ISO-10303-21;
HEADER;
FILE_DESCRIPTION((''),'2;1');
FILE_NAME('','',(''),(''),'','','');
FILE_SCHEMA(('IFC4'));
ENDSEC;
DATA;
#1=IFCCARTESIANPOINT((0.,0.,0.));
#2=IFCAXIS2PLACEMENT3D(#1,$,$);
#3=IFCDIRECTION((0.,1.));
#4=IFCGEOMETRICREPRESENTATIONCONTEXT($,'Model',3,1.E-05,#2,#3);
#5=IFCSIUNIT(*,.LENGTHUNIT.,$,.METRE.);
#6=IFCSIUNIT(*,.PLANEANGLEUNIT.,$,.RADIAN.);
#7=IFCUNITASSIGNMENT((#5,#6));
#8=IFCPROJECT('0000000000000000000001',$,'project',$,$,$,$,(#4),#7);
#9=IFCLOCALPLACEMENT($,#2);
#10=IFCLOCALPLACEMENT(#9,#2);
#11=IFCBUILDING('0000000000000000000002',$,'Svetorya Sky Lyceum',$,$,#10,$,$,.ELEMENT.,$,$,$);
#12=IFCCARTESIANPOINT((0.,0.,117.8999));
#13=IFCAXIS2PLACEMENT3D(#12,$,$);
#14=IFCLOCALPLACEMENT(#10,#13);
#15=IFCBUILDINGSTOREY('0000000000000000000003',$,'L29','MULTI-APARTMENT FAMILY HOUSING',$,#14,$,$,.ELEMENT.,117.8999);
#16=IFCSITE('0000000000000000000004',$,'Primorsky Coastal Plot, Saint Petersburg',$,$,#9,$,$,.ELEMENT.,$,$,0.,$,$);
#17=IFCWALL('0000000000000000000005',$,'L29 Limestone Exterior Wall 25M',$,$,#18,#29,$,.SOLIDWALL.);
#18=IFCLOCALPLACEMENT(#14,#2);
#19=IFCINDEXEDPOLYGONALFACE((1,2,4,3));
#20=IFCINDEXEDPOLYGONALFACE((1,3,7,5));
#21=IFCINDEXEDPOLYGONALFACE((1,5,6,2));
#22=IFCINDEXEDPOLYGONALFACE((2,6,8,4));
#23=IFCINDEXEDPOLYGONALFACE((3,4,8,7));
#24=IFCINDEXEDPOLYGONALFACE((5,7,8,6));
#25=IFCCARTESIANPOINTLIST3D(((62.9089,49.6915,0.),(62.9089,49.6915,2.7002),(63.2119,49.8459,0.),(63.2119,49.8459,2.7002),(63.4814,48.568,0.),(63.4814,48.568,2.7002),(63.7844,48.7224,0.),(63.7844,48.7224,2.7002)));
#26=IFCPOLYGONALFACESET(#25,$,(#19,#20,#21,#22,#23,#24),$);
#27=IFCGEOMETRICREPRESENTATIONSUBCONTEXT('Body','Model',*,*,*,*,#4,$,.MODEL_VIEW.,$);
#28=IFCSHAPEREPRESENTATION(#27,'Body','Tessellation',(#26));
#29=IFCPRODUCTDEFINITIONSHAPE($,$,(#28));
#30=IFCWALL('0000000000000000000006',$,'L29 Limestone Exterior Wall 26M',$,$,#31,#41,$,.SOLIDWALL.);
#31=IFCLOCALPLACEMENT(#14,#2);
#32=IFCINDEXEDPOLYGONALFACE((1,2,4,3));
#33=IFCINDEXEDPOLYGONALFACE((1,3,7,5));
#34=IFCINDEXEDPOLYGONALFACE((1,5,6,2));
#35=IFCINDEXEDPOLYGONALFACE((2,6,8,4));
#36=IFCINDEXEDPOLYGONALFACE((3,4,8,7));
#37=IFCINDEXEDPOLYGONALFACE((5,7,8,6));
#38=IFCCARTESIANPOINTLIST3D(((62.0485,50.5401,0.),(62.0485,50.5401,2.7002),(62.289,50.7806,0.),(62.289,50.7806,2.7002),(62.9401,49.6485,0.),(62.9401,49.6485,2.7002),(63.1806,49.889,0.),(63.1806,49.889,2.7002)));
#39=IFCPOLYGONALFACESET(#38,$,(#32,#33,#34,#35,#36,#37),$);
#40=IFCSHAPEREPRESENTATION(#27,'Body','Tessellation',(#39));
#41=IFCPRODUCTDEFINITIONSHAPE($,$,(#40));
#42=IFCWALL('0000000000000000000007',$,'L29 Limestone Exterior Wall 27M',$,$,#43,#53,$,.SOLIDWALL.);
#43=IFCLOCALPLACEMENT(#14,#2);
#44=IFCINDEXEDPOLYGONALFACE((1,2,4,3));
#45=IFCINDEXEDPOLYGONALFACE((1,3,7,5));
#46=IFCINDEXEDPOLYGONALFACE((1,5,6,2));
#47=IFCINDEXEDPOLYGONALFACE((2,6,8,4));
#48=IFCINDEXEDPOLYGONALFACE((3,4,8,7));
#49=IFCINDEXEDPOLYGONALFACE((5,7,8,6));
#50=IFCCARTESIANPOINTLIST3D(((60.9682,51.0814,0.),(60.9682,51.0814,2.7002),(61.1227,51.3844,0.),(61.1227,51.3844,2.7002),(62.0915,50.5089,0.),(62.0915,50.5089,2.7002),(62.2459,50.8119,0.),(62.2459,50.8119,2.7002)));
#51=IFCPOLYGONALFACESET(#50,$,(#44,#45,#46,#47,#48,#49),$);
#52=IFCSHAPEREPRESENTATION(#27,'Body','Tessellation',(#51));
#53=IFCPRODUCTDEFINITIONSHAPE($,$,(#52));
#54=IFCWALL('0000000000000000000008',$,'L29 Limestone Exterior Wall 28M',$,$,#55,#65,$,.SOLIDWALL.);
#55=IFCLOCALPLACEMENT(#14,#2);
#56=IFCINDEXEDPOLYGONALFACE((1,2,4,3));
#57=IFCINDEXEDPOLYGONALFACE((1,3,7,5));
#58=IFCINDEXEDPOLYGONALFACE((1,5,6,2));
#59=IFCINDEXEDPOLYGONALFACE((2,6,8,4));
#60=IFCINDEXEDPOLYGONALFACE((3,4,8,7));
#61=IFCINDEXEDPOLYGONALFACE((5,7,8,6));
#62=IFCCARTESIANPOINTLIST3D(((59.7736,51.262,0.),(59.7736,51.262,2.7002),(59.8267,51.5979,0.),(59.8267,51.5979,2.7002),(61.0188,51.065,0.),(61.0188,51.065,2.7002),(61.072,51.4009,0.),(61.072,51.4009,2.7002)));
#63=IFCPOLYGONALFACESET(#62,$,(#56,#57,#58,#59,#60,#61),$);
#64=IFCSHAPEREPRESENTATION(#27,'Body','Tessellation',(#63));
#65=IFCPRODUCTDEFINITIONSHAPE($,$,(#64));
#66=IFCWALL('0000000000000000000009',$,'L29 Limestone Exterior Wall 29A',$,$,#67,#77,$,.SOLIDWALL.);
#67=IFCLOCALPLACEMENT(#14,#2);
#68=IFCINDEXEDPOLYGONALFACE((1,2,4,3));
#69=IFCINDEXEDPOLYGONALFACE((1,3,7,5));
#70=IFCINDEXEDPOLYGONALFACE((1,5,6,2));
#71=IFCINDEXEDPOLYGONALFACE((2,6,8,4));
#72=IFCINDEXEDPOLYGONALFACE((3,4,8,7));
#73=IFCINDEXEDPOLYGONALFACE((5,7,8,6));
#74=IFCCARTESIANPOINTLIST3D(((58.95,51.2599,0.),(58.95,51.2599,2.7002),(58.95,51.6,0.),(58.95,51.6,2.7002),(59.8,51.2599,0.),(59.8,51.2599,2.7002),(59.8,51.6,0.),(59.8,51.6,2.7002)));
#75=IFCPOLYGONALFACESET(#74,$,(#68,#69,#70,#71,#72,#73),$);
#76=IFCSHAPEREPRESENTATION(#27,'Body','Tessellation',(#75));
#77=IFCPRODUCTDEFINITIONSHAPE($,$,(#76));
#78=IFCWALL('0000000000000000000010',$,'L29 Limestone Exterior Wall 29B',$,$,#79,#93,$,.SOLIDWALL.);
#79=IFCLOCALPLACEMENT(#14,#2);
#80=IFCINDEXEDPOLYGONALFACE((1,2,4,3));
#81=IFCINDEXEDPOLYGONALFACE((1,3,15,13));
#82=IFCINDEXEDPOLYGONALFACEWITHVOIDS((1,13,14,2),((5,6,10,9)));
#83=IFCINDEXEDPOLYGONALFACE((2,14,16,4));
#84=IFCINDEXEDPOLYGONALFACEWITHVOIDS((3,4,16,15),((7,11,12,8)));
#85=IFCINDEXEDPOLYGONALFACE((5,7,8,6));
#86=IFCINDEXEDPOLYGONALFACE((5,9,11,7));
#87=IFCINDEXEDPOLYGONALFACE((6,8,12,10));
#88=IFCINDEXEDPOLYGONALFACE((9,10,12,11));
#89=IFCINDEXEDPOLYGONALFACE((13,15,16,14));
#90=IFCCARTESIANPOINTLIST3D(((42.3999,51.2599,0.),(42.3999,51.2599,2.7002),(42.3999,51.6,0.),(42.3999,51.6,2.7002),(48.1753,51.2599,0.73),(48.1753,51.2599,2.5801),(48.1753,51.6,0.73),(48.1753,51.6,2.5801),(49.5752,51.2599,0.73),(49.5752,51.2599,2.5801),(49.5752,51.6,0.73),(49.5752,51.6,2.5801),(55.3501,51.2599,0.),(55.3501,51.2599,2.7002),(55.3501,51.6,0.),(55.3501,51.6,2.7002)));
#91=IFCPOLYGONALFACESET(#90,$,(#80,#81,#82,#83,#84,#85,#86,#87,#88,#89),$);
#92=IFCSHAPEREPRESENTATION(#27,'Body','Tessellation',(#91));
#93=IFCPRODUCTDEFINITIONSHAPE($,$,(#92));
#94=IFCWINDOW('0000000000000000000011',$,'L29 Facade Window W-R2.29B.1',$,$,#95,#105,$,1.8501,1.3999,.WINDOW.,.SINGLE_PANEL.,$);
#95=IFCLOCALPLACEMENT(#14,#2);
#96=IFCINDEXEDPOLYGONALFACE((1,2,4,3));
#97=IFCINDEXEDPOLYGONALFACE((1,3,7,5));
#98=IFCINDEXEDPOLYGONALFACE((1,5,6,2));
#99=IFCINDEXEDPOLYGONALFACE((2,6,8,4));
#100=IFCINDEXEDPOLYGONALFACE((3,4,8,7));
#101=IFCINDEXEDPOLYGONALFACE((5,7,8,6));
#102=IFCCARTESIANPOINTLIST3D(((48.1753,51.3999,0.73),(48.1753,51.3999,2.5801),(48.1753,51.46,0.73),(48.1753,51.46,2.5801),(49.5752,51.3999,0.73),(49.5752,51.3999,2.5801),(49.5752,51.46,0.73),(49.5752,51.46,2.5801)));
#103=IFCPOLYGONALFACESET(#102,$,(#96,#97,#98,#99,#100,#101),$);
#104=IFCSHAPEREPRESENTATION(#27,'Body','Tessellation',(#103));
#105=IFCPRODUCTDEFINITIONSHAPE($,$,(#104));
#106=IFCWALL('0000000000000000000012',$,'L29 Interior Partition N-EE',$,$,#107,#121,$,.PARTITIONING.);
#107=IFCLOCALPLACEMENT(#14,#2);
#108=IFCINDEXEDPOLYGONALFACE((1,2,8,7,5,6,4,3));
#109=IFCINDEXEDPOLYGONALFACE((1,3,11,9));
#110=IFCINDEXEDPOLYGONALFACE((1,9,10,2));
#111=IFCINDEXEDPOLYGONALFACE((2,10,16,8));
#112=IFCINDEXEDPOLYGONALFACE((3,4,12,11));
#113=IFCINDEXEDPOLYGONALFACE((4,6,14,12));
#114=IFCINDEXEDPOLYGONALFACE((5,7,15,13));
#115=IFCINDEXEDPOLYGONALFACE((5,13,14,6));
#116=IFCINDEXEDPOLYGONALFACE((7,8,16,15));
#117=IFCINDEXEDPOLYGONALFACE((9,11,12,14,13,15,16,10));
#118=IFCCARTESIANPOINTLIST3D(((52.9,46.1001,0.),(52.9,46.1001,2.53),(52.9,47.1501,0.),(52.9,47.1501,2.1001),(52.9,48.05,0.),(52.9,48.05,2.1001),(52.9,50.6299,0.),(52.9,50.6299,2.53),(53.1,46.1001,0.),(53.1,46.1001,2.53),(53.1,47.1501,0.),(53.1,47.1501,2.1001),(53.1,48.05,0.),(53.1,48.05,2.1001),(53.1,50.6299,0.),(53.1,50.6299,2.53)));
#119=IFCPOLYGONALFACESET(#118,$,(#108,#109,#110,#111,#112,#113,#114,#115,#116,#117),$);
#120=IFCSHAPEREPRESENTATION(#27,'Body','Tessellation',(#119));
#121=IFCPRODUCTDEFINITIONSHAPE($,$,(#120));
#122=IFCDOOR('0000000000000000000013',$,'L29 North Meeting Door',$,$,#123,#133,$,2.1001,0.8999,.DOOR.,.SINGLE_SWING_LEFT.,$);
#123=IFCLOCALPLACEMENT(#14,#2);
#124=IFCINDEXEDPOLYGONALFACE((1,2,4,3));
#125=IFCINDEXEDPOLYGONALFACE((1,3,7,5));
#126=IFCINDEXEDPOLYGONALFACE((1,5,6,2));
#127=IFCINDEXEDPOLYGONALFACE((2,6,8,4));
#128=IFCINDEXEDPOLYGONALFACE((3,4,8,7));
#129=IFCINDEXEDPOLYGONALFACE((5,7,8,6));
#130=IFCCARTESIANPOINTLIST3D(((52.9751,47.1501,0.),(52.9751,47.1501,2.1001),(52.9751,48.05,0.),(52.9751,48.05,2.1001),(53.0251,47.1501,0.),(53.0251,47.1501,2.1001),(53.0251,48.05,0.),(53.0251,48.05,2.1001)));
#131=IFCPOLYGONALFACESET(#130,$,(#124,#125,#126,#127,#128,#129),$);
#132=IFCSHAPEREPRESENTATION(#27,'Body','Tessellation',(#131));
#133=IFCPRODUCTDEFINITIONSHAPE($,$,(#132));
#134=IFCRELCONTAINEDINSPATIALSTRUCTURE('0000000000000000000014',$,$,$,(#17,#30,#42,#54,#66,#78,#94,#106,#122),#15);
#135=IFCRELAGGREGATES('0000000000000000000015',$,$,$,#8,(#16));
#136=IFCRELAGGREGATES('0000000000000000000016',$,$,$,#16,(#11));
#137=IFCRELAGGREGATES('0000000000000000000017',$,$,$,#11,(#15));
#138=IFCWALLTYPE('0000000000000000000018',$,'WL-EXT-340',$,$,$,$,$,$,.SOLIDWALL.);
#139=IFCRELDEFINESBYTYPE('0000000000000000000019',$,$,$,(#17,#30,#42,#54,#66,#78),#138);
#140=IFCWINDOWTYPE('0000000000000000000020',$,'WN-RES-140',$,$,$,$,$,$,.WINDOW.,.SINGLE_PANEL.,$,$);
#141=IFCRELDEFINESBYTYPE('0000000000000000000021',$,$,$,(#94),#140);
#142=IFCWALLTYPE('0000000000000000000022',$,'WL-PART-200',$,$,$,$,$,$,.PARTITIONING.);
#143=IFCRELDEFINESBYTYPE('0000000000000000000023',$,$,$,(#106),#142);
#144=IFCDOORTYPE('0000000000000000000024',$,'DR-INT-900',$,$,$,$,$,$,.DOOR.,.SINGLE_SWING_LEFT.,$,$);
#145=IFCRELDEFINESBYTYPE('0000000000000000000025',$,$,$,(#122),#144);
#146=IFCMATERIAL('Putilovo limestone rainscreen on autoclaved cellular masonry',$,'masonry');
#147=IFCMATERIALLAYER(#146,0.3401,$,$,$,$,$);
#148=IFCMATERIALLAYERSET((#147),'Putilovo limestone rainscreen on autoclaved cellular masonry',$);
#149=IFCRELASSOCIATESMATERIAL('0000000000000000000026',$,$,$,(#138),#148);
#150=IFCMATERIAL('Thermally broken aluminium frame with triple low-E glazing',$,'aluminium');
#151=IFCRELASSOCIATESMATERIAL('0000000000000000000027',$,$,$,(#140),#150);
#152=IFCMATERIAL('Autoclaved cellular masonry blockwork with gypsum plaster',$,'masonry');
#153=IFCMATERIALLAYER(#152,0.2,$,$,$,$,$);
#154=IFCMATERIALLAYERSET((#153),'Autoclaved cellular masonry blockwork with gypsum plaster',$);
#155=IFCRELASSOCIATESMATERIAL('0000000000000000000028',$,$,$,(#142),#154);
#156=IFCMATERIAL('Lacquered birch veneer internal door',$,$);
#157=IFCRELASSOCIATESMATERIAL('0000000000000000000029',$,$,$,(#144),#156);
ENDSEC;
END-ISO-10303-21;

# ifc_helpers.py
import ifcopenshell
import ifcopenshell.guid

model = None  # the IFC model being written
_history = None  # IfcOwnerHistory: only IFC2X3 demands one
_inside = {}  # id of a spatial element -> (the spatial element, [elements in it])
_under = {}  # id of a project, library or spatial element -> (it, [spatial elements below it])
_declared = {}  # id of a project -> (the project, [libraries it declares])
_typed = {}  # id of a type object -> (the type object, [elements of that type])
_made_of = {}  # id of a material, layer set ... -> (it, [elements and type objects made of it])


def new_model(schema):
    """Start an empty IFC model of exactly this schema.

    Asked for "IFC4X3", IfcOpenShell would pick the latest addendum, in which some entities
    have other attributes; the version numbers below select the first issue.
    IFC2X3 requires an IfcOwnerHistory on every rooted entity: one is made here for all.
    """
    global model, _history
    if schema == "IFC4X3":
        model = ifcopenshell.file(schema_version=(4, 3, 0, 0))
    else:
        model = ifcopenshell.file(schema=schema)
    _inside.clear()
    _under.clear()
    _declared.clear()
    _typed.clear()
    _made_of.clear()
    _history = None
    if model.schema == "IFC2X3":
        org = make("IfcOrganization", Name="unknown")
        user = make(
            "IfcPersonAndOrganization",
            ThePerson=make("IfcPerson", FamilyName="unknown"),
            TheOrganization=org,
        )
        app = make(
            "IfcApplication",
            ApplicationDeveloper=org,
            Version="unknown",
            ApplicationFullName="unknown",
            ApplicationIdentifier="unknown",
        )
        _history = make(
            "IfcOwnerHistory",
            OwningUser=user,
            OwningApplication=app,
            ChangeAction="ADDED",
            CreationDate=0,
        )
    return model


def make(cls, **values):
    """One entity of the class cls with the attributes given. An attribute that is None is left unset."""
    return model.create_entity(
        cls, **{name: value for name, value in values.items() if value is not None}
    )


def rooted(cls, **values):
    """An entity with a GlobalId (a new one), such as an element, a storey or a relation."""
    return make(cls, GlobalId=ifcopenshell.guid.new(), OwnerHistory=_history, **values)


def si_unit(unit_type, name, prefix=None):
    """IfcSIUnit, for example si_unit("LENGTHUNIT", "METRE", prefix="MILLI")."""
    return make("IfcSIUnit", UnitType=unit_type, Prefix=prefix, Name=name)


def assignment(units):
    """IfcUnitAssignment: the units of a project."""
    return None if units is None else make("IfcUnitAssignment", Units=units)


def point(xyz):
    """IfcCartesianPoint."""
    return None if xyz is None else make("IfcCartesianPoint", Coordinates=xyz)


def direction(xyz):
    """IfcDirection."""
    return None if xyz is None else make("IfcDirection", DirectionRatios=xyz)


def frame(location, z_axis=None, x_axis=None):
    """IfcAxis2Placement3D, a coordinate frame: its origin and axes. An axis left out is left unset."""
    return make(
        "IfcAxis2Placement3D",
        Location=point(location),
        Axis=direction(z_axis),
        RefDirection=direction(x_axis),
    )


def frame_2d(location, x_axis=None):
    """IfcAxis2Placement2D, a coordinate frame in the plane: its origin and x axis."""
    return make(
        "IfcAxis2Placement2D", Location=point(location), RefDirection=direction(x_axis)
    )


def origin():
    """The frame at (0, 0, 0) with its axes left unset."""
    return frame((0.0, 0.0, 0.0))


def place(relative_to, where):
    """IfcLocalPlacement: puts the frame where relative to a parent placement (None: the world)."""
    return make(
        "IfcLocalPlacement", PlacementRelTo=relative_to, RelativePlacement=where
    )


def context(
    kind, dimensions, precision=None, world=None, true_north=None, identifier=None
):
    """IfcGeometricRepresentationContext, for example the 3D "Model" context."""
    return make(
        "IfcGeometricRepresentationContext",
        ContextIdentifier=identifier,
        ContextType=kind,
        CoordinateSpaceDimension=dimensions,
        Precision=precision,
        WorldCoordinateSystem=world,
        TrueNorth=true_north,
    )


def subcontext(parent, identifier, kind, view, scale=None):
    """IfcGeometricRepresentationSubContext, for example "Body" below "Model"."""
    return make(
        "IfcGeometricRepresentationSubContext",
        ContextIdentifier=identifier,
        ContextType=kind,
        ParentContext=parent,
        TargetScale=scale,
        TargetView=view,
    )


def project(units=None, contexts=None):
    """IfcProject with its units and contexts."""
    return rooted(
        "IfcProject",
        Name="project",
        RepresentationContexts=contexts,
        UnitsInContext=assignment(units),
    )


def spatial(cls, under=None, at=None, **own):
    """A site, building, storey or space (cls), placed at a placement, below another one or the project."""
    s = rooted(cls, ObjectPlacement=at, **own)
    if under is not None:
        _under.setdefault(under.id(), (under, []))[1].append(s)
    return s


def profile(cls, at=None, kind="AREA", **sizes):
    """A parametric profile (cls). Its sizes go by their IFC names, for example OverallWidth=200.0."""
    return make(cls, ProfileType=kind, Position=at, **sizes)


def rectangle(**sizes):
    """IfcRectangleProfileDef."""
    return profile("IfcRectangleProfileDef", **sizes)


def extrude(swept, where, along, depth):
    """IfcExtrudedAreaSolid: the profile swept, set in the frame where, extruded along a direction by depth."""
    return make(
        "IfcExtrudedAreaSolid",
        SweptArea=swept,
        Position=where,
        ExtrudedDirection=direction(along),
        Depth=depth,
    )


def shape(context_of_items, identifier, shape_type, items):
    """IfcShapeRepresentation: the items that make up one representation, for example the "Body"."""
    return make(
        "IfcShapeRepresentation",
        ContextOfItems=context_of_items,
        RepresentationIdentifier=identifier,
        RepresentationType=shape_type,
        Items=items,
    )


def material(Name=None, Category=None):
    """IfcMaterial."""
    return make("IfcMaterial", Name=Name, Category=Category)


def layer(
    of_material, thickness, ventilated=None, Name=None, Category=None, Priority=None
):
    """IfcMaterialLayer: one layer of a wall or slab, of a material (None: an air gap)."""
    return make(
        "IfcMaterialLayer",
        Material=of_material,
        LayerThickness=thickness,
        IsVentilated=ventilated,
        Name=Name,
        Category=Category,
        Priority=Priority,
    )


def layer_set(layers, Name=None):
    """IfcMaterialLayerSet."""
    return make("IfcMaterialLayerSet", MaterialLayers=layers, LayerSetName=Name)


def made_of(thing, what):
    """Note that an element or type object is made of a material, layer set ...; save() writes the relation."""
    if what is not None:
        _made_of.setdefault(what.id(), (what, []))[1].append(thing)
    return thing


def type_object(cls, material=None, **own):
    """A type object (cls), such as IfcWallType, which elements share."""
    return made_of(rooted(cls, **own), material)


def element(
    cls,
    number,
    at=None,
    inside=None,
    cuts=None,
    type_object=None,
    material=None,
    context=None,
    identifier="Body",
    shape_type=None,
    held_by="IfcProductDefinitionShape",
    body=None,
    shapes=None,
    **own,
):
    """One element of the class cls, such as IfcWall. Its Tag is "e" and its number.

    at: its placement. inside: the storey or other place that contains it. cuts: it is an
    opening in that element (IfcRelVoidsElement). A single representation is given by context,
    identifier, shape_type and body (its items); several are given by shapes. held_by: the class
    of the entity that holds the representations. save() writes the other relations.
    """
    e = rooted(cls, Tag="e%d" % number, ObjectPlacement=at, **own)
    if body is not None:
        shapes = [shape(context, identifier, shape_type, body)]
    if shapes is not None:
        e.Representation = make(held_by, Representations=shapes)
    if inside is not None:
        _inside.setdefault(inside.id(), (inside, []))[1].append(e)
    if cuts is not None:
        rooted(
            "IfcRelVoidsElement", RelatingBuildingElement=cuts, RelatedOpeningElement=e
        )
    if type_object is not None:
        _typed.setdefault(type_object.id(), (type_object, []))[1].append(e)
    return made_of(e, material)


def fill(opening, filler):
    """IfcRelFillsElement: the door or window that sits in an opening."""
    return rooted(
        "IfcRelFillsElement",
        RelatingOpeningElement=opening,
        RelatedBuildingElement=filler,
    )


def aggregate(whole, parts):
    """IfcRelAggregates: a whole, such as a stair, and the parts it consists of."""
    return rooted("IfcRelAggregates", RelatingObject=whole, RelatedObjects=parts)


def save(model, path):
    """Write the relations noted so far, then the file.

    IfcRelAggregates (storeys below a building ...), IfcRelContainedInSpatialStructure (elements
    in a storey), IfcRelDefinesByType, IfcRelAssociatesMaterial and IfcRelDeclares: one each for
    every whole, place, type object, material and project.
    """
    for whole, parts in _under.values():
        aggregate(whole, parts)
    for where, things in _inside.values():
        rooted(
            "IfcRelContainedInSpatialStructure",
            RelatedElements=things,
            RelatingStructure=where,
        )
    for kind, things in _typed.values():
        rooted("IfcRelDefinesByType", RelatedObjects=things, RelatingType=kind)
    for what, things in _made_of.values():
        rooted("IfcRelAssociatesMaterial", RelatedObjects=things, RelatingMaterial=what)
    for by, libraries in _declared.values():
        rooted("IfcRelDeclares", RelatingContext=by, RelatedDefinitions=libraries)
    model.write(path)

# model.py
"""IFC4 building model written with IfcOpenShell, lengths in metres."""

from ifc_helpers import new_model, si_unit, direction, frame, frame_2d, origin, place, context, subcontext, project, spatial, rectangle, extrude, material, layer, layer_set, type_object, element, fill, save


model = new_model("IFC4")

# Units and contexts
model_context = context("Model", 3, precision=1e-05, world=origin(), true_north=direction((0.0, 1.0)))
body_context = subcontext(model_context, "Body", "Model", "MODEL_VIEW")
ifc_project = project(units=[si_unit("LENGTHUNIT", "METRE"), si_unit("PLANEANGLEUNIT", "RADIAN")], contexts=[model_context])

# Site, building, storey
site_placement = place(None, origin())
site = spatial("IfcSite", under=ifc_project, at=site_placement, Name="Primorsky Coastal Plot, Saint Petersburg", CompositionType="ELEMENT", RefElevation=0.0)
building_placement = place(site_placement, origin())
building = spatial("IfcBuilding", under=site, at=building_placement, Name="Svetorya Sky Lyceum", CompositionType="ELEMENT")
storey_placement = place(building_placement, frame((0.0, 0.0, 117.8999)))
storey = spatial("IfcBuildingStorey", under=building, at=storey_placement, Name="L29", Description="MULTI-APARTMENT FAMILY HOUSING", CompositionType="ELEMENT", Elevation=117.8999)

# Walls
ifc_material_1 = material(Name="Putilovo limestone rainscreen on autoclaved cellular masonry", Category="masonry")
ifc_layer_1 = layer(ifc_material_1, 0.3401)
ifc_layer_set_1 = layer_set([ifc_layer_1], Name="Putilovo limestone rainscreen on autoclaved cellular masonry")
wall_type_1 = type_object("IfcWallType", Name="WL-EXT-340", PredefinedType="SOLIDWALL", material=ifc_layer_set_1)
for number, where, z_axis, x_axis, name in (
    (1, (63.6328, 48.6453, 0.0), (0.0, 0.0, 1.0), (-0.454016, 0.890994, 0.0), "L29 Limestone Exterior Wall 25M"),
    (2, (63.0603, 49.7688, 0.0), (0.0, 0.0, 1.0), (-0.707107, 0.707107, 0.0), "L29 Limestone Exterior Wall 26M"),
):
    element("IfcWall", number, at=place(storey_placement, frame(where, z_axis=z_axis, x_axis=x_axis)), inside=storey, type_object=wall_type_1, Name=name, PredefinedType="SOLIDWALL", context=body_context, shape_type="SweptSolid", body=[
        extrude(rectangle(XDim=1.261, YDim=0.3401, at=frame_2d((0.6304, 0.0))), origin(), (0.0, 0.0, 1.0), 2.7002),
    ])
for number, where, z_axis, x_axis, name in (
    (3, (62.1687, 50.6604, 0.0), (0.0, 0.0, 1.0), (-0.890954, 0.454094, 0.0), "L29 Limestone Exterior Wall 27M"),
    (4, (61.0454, 51.2329, 0.0), (0.0, 0.0, 1.0), (-0.987716, 0.156261, 0.0), "L29 Limestone Exterior Wall 28M"),
):
    element("IfcWall", number, at=place(storey_placement, frame(where, z_axis=z_axis, x_axis=x_axis)), inside=storey, type_object=wall_type_1, Name=name, PredefinedType="SOLIDWALL", context=body_context, shape_type="SweptSolid", body=[
        extrude(rectangle(XDim=1.2607, YDim=0.3401, at=frame_2d((0.6304, 0.0))), origin(), (0.0, 0.0, 1.0), 2.7002),
    ])
wall_1_placement = place(storey_placement, frame((59.8, 51.4299, 0.0), z_axis=(0.0, 0.0, 1.0), x_axis=(-1.0, 0.0, 0.0)))
element("IfcWall", 5, at=wall_1_placement, inside=storey, type_object=wall_type_1, Name="L29 Limestone Exterior Wall 29A", PredefinedType="SOLIDWALL", context=body_context, shape_type="SweptSolid", body=[
    extrude(rectangle(XDim=0.8501, YDim=0.3401, at=frame_2d((0.425, 0.0))), origin(), (0.0, 0.0, 1.0), 2.7002),
])

# Wall, opening, window
wall_2_placement = place(storey_placement, frame((55.3501, 51.4299, 0.0), z_axis=(0.0, 0.0, 1.0), x_axis=(-1.0, 0.0, 0.0)))
wall_2 = element("IfcWall", 6, at=wall_2_placement, inside=storey, type_object=wall_type_1, Name="L29 Limestone Exterior Wall 29B", PredefinedType="SOLIDWALL", context=body_context, shape_type="SweptSolid", body=[
    extrude(rectangle(XDim=12.9502, YDim=0.3401, at=frame_2d((6.4751, 0.0))), origin(), (0.0, 0.0, 1.0), 2.7002),
])
opening_1_placement = place(wall_2_placement, frame((5.7749, 0.0, 0.73)))
opening_1 = element("IfcOpeningElement", 7, at=opening_1_placement, cuts=wall_2, PredefinedType="OPENING", context=body_context, shape_type="SweptSolid", body=[
    extrude(rectangle(XDim=1.3999, YDim=1.8501, at=frame_2d((0.7, 0.925))), frame((0.0, 0.1799, 0.0), z_axis=(0.0, -1.0, 0.0), x_axis=(1.0, 0.0, 0.0)), (0.0, 0.0, 1.0), 0.3601),
])
ifc_material_2 = material(Name="Thermally broken aluminium frame with triple low-E glazing", Category="aluminium")
window_type = type_object("IfcWindowType", Name="WN-RES-140", PartitioningType="SINGLE_PANEL", PredefinedType="WINDOW", material=ifc_material_2)
window_placement = place(opening_1_placement, origin())
window = element("IfcWindow", 8, at=window_placement, inside=storey, type_object=window_type, Name="L29 Facade Window W-R2.29B.1", OverallHeight=1.8501, OverallWidth=1.3999, PartitioningType="SINGLE_PANEL", PredefinedType="WINDOW", context=body_context, shape_type="SweptSolid", body=[
    extrude(rectangle(XDim=1.3999, YDim=1.8501, at=frame_2d((0.7, 0.925))), frame((0.0, 0.03, 0.0), z_axis=(0.0, -1.0, 0.0), x_axis=(1.0, 0.0, 0.0)), (0.0, 0.0, 1.0), 0.0601),
])
fill(opening_1, window)

# Wall, opening, door
ifc_material_3 = material(Name="Autoclaved cellular masonry blockwork with gypsum plaster", Category="masonry")
ifc_layer_2 = layer(ifc_material_3, 0.2)
ifc_layer_set_2 = layer_set([ifc_layer_2], Name="Autoclaved cellular masonry blockwork with gypsum plaster")
wall_type_2 = type_object("IfcWallType", Name="WL-PART-200", PredefinedType="PARTITIONING", material=ifc_layer_set_2)
wall_3_placement = place(storey_placement, frame((53.0, 46.1001, 0.0), z_axis=(0.0, 0.0, 1.0), x_axis=(0.0, 1.0, 0.0)))
wall_3 = element("IfcWall", 9, at=wall_3_placement, inside=storey, type_object=wall_type_2, Name="L29 Interior Partition N-EE", PredefinedType="PARTITIONING", context=body_context, shape_type="SweptSolid", body=[
    extrude(rectangle(XDim=4.5298, YDim=0.2, at=frame_2d((2.2649, 0.0))), origin(), (0.0, 0.0, 1.0), 2.53),
])
opening_2_placement = place(wall_3_placement, frame((1.05, 0.0, 0.0)))
opening_2 = element("IfcOpeningElement", 10, at=opening_2_placement, cuts=wall_3, PredefinedType="OPENING", context=body_context, shape_type="SweptSolid", body=[
    extrude(rectangle(XDim=0.8999, YDim=2.1001, at=frame_2d((0.45, 1.05))), frame((0.0, 0.1099, 0.0), z_axis=(0.0, -1.0, 0.0), x_axis=(1.0, 0.0, 0.0)), (0.0, 0.0, 1.0), 0.22),
])
ifc_material_4 = material(Name="Lacquered birch veneer internal door")
door_type = type_object("IfcDoorType", Name="DR-INT-900", OperationType="SINGLE_SWING_LEFT", PredefinedType="DOOR", material=ifc_material_4)
door_placement = place(opening_2_placement, origin())
door = element("IfcDoor", 11, at=door_placement, inside=storey, type_object=door_type, Name="L29 North Meeting Door", OperationType="SINGLE_SWING_LEFT", OverallHeight=2.1001, OverallWidth=0.8999, PredefinedType="DOOR", context=body_context, shape_type="SweptSolid", body=[
    extrude(rectangle(XDim=0.8999, YDim=2.1001, at=frame_2d((0.45, 1.05))), frame((0.0, 0.0249, 0.0), z_axis=(0.0, -1.0, 0.0), x_axis=(1.0, 0.0, 0.0)), (0.0, 0.0, 1.0), 0.05),
])
fill(opening_2, door)

save(model, "model.ifc")
